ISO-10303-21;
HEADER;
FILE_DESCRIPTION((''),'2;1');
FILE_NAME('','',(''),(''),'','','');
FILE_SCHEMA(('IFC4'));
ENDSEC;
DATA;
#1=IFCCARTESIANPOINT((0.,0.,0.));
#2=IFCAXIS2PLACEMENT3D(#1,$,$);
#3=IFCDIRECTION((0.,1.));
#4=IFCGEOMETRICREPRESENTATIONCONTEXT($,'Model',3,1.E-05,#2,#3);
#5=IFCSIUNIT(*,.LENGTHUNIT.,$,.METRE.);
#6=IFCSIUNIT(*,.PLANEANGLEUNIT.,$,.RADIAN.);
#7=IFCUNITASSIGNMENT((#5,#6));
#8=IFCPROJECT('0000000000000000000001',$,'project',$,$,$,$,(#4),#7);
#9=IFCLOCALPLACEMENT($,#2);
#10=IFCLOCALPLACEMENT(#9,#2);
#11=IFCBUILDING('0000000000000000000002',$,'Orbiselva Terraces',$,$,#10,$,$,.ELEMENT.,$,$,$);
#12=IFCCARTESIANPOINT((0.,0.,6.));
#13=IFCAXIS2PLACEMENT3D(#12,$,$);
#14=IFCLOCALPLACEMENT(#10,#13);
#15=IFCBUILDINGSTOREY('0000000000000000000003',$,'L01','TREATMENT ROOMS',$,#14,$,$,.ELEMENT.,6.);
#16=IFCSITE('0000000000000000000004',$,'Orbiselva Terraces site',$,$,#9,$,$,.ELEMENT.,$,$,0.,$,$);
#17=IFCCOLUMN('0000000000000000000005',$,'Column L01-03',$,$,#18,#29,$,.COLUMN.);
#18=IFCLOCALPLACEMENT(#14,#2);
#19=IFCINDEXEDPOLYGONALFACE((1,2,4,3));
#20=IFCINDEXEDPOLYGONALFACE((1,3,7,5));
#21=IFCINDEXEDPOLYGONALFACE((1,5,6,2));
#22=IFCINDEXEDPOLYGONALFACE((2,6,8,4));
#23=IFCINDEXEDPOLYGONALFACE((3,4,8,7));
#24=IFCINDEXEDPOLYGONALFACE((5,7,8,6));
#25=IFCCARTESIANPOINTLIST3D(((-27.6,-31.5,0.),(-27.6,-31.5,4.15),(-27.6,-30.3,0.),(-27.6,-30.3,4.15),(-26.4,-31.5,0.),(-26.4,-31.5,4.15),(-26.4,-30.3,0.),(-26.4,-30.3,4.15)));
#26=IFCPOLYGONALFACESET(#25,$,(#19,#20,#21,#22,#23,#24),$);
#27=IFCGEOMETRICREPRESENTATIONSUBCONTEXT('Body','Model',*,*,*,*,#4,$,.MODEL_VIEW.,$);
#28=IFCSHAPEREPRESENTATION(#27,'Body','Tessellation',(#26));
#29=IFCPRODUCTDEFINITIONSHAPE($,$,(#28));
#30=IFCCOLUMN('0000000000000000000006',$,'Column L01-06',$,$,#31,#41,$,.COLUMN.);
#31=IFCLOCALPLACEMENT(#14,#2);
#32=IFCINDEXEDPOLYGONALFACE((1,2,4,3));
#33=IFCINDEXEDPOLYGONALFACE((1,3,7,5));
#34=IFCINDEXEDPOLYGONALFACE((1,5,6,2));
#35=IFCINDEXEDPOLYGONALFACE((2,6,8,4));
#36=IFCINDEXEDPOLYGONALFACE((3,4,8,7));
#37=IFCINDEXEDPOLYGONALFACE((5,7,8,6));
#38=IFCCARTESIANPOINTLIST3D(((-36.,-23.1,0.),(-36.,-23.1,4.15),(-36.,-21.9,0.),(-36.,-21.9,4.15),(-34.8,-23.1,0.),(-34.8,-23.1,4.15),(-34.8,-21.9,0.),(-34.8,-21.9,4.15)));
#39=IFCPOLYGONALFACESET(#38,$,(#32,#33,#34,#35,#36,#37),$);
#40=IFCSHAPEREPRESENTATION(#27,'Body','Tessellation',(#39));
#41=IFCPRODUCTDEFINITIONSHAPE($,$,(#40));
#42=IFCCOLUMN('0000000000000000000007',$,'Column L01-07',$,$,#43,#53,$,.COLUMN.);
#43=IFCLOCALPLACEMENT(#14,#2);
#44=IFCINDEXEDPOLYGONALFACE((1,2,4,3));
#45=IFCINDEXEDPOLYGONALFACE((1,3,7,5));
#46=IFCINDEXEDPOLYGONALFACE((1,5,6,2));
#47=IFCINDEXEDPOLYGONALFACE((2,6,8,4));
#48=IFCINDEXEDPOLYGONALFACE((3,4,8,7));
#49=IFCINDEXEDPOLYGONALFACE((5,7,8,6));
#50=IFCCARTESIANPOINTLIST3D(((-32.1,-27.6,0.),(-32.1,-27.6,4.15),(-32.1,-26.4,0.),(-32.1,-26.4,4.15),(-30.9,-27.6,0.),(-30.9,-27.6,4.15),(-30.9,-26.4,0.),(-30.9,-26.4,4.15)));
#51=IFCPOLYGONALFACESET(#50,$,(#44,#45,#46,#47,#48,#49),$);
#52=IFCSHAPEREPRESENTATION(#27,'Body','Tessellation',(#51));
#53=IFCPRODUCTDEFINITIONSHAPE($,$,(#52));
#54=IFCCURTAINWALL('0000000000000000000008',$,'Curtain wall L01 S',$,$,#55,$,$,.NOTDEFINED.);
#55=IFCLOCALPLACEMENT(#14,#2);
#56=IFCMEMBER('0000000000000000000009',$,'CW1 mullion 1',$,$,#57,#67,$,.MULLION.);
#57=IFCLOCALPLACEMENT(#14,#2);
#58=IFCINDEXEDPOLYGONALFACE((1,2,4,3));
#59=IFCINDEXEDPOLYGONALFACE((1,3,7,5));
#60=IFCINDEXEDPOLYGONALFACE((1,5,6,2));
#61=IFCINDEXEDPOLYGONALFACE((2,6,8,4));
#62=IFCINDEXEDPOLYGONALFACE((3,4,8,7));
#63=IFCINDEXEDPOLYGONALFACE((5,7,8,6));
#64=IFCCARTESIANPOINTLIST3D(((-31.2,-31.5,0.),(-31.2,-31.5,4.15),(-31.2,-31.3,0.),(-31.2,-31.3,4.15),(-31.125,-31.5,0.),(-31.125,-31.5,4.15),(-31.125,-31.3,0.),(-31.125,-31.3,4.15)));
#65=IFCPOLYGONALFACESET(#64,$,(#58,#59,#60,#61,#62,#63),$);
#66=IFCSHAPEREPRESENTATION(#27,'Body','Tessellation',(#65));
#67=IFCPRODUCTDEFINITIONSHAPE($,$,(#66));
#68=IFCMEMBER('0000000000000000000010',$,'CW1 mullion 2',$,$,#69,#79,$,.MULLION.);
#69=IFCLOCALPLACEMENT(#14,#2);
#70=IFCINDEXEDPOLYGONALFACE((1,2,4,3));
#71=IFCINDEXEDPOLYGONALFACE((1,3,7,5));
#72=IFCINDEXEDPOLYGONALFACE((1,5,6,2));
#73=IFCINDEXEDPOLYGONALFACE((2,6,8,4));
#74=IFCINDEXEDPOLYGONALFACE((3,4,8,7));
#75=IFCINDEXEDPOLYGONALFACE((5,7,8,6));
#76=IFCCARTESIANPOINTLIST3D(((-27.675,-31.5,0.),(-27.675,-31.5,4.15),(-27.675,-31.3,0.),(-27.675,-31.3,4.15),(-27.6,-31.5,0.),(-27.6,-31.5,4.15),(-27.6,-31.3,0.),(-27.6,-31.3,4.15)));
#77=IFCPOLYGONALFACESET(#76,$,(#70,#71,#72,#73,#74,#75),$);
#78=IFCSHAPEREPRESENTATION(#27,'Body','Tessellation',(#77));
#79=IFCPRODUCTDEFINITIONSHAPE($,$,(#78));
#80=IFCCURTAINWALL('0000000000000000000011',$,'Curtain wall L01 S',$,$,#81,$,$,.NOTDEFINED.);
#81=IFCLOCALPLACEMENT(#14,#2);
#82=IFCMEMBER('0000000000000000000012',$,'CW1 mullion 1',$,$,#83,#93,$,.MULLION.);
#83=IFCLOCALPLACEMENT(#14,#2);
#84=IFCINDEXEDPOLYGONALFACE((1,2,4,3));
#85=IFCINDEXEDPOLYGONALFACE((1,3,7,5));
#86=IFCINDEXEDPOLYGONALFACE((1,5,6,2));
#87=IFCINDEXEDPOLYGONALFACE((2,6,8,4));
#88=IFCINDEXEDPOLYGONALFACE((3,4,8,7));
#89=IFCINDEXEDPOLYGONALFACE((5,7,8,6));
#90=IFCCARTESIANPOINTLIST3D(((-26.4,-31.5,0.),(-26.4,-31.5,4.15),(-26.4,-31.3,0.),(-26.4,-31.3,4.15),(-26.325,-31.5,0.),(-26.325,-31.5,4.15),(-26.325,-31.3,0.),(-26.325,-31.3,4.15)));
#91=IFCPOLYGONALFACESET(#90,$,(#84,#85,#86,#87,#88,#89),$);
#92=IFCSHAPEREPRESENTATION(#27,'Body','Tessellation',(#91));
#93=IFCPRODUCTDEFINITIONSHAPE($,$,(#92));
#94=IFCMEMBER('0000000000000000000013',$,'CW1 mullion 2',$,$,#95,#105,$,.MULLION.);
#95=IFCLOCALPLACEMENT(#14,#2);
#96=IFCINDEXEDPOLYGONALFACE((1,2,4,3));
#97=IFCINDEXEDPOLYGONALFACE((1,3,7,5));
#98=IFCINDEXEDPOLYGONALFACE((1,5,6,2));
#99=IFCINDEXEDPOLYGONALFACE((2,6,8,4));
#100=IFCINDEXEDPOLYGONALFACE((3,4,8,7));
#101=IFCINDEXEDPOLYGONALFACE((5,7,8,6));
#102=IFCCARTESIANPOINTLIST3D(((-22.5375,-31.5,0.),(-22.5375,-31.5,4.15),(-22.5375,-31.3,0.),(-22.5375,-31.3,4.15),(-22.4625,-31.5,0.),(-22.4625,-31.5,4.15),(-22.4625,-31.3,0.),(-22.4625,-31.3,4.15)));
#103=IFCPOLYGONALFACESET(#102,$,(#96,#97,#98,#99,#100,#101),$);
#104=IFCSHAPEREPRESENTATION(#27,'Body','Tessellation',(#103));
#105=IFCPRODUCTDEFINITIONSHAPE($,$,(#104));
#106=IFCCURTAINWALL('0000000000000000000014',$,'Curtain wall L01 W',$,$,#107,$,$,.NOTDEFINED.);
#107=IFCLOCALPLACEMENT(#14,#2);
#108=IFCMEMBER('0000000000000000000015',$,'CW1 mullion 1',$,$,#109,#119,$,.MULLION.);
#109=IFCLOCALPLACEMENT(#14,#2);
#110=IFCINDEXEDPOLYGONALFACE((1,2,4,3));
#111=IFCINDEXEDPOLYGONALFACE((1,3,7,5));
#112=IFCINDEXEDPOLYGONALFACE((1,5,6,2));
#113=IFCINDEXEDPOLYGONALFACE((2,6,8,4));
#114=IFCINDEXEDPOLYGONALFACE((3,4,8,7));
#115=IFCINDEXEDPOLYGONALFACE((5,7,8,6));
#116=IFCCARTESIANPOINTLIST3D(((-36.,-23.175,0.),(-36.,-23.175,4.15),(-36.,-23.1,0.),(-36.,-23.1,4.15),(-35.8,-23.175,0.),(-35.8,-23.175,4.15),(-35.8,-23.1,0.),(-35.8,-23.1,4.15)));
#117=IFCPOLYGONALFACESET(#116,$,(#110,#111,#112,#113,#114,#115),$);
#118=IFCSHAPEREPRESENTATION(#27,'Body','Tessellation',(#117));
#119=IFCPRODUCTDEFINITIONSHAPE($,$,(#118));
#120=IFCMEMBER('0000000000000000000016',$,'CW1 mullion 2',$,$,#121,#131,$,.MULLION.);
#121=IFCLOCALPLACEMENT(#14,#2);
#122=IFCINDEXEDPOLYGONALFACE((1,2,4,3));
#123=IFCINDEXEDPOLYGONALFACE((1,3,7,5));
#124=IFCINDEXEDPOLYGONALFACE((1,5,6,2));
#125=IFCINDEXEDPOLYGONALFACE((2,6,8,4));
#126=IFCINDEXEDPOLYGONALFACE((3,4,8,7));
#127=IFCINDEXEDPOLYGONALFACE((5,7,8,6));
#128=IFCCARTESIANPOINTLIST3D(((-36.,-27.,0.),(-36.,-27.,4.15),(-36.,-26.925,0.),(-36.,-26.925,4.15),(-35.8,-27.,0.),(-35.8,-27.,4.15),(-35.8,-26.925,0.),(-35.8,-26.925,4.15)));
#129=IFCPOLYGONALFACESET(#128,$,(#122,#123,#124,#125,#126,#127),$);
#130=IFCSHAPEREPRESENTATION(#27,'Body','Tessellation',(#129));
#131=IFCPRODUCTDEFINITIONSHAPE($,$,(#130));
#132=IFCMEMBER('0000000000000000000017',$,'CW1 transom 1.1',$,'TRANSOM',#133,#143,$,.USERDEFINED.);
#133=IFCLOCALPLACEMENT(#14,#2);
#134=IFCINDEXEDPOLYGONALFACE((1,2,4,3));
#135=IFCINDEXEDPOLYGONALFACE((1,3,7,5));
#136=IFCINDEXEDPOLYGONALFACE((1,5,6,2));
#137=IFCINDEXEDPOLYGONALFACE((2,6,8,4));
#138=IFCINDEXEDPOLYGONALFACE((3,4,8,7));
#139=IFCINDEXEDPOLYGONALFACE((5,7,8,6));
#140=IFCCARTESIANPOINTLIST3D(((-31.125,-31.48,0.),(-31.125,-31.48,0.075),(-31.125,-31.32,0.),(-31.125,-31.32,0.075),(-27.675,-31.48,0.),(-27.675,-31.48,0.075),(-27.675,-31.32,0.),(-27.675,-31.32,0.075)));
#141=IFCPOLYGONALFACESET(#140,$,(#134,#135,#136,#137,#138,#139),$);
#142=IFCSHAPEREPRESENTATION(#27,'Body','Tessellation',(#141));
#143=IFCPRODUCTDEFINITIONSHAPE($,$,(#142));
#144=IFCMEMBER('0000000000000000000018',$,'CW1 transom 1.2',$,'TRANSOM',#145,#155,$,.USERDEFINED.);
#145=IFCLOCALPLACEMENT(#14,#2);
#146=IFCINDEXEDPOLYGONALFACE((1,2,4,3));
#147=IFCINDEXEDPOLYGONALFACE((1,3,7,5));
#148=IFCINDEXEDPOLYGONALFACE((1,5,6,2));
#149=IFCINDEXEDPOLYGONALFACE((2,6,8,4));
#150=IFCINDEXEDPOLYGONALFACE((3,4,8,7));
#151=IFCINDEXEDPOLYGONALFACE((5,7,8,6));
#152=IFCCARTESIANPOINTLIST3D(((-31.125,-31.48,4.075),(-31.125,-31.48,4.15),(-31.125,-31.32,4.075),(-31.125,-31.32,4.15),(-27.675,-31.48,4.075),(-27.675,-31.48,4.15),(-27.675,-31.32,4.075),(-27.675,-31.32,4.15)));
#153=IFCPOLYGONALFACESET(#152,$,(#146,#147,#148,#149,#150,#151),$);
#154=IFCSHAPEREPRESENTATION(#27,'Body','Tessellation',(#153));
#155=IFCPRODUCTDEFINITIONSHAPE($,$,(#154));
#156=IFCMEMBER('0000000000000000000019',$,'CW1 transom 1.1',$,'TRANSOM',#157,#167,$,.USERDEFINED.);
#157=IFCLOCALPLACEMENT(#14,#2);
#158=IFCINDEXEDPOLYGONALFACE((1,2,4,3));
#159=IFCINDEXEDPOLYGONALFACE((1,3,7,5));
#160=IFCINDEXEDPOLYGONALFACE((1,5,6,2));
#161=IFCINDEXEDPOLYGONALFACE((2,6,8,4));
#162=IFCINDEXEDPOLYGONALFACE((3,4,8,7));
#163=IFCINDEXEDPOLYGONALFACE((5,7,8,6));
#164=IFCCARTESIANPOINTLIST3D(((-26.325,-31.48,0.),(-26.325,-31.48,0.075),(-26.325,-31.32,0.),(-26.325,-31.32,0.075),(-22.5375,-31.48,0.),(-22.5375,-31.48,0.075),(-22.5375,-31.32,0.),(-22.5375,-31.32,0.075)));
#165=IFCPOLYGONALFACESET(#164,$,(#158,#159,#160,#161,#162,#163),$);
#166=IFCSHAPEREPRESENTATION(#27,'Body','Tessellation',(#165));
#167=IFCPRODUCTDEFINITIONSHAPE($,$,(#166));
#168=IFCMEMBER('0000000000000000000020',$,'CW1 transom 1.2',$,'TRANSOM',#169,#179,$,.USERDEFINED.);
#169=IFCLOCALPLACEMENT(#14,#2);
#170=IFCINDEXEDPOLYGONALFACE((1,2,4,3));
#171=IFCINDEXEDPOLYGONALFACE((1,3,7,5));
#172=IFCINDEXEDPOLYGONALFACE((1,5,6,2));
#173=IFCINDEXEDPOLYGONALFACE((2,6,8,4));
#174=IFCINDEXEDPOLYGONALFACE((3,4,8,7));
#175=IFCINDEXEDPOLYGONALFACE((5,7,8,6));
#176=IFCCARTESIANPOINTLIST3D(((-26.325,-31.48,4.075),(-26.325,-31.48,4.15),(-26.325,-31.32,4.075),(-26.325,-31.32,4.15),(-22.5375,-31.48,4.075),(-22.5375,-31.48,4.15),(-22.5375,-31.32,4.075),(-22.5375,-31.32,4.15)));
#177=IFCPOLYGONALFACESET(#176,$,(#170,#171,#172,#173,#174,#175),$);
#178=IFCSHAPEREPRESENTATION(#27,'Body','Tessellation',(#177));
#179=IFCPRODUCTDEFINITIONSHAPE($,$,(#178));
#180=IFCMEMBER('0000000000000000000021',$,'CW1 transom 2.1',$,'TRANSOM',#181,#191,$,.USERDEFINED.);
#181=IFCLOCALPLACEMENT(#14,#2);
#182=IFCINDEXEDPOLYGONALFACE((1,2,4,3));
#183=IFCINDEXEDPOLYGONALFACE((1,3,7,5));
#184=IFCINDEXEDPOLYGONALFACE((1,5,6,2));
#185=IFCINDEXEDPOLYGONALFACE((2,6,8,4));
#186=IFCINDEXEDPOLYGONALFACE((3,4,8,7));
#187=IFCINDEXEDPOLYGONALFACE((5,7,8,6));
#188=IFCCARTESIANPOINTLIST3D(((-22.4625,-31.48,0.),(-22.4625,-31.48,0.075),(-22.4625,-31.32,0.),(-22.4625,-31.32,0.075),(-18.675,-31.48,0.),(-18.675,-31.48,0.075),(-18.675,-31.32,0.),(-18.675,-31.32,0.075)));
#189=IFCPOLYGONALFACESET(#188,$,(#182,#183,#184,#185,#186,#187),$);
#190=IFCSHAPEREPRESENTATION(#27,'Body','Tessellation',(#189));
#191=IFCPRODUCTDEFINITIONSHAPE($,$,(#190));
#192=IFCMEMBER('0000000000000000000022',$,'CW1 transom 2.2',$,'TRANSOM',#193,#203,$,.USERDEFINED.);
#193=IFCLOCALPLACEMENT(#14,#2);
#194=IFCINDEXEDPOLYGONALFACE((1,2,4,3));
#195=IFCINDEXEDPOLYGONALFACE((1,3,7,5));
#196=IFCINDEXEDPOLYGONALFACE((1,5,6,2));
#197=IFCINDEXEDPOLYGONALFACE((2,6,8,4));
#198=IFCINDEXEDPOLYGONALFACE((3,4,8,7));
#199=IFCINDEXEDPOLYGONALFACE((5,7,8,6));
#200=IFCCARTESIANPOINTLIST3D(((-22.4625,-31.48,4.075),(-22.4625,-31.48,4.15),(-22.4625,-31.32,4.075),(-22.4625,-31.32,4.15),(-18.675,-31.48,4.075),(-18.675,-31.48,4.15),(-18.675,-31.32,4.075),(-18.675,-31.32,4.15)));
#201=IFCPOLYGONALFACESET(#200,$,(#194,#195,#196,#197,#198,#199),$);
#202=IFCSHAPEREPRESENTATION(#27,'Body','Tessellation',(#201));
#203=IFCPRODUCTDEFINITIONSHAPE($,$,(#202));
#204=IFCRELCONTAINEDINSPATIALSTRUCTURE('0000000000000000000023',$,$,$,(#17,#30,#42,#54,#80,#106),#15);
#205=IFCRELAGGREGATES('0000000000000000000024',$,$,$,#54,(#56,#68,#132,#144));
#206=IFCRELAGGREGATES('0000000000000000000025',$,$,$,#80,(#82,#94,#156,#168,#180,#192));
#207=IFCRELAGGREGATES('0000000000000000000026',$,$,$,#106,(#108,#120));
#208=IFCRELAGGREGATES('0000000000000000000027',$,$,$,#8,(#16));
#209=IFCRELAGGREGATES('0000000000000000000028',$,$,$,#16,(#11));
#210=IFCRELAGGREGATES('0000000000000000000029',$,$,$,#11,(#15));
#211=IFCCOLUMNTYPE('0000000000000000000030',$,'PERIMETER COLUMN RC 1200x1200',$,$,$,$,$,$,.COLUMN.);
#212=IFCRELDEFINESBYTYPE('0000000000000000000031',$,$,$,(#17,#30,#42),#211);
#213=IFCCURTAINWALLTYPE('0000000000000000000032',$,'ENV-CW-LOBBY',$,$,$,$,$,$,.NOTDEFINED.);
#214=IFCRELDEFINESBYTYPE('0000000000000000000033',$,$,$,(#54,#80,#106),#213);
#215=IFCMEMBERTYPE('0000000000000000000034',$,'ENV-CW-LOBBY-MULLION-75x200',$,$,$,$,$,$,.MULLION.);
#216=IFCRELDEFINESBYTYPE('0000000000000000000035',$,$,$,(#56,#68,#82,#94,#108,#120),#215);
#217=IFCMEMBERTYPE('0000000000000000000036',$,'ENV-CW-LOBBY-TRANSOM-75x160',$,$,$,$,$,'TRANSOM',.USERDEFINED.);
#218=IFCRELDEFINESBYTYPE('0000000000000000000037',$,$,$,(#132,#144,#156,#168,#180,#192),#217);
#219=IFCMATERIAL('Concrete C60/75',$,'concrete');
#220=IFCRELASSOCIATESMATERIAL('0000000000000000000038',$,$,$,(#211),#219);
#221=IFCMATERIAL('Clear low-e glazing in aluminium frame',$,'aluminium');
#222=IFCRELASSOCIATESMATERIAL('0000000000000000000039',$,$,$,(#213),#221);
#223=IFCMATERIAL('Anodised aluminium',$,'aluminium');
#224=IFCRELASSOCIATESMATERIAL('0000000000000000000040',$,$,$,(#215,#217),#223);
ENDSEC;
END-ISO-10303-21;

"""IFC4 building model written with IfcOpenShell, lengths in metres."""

from ifc_helpers import new_model, si_unit, direction, frame, origin, origin_2d, place, context, subcontext, project, spatial, rectangle, extrude, material, material_profile, profile_set, type_object, element, aggregate, save


model = new_model("IFC4")

# Units and contexts
model_context = context("Model", 3, precision=1e-05, world=origin(), true_north=direction((0.0, 1.0)))
body_context = subcontext(model_context, "Body", "Model", "MODEL_VIEW")
ifc_project = project(units=[si_unit("LENGTHUNIT", "METRE"), si_unit("PLANEANGLEUNIT", "RADIAN")], contexts=[model_context])

# Site, building, storey
site_placement = place(None, origin())
site = spatial("IfcSite", under=ifc_project, at=site_placement, Name="Orbiselva Terraces site", CompositionType="ELEMENT", RefElevation=0.0)
building_placement = place(site_placement, origin())
building = spatial("IfcBuilding", under=site, at=building_placement, Name="Orbiselva Terraces", CompositionType="ELEMENT")
storey_placement = place(building_placement, frame((0.0, 0.0, 6.0)))
storey = spatial("IfcBuildingStorey", under=building, at=storey_placement, Name="L01", Description="TREATMENT ROOMS", CompositionType="ELEMENT", Elevation=6.0)

# Columns
ifc_material_1 = material(Name="Concrete C60/75", Category="concrete")
ifc_material_profile_1 = material_profile(ifc_material_1, rectangle(XDim=1.2, YDim=1.2, at=origin_2d()), Name="RC 1200x1200")
ifc_profile_set_1 = profile_set([ifc_material_profile_1], Name="Concrete C60/75")
column_type = type_object("IfcColumnType", Name="PERIMETER COLUMN RC 1200x1200", PredefinedType="COLUMN", material=ifc_profile_set_1)
for number, where, z_axis, x_axis, name in (
    (1, (-27.0, -30.9, 0.0), (0.0, 0.0, 1.0), (1.0, 0.0, 0.0), "Column L01-03"),
    (2, (-35.4, -22.5, 0.0), (0.0, 0.0, 1.0), (1.0, 0.0, 0.0), "Column L01-06"),
    (3, (-31.5, -27.0, 0.0), (0.0, 0.0, 1.0), (1.0, 0.0, 0.0), "Column L01-07"),
):
    element("IfcColumn", number, at=place(storey_placement, frame(where, z_axis=z_axis, x_axis=x_axis)), inside=storey, type_object=column_type, Name=name, PredefinedType="COLUMN", context=body_context, shape_type="SweptSolid", body=[
        extrude(rectangle(XDim=1.2, YDim=1.2, at=origin_2d()), origin(), (0.0, 0.0, 1.0), 4.15),
    ])

# Curtain walls, members
ifc_material_2 = material(Name="Clear low-e glazing in aluminium frame", Category="aluminium")
curtain_wall_type = type_object("IfcCurtainWallType", Name="ENV-CW-LOBBY", PredefinedType="NOTDEFINED", material=ifc_material_2)
curtain_wall_1_placement = place(storey_placement, origin())
curtain_wall_1 = element("IfcCurtainWall", 4, at=curtain_wall_1_placement, inside=storey, type_object=curtain_wall_type, Name="Curtain wall L01 S", PredefinedType="NOTDEFINED")
ifc_material_3 = material(Name="Anodised aluminium", Category="aluminium")
ifc_material_profile_2 = material_profile(ifc_material_3, rectangle(XDim=0.2, YDim=0.075, at=origin_2d()), Name="AL 75x200")
ifc_profile_set_2 = profile_set([ifc_material_profile_2], Name="Anodised aluminium")
member_type_1 = type_object("IfcMemberType", Name="ENV-CW-LOBBY-MULLION-75x200", PredefinedType="MULLION", material=ifc_profile_set_2)
member_1_placement = place(storey_placement, frame((-31.1625, -31.4, 0.0), z_axis=(0.0, 0.0, 1.0), x_axis=(0.0, 1.0, 0.0)))
member_1 = element("IfcMember", 5, at=member_1_placement, type_object=member_type_1, Name="CW1 mullion 1", PredefinedType="MULLION", context=body_context, shape_type="SweptSolid", body=[
    extrude(rectangle(XDim=0.2, YDim=0.075, at=origin_2d()), origin(), (0.0, 0.0, 1.0), 4.15),
])
member_2_placement = place(storey_placement, frame((-27.6375, -31.4, 0.0), z_axis=(0.0, 0.0, 1.0), x_axis=(0.0, 1.0, 0.0)))
member_2 = element("IfcMember", 6, at=member_2_placement, type_object=member_type_1, Name="CW1 mullion 2", PredefinedType="MULLION", context=body_context, shape_type="SweptSolid", body=[
    extrude(rectangle(XDim=0.2, YDim=0.075, at=origin_2d()), origin(), (0.0, 0.0, 1.0), 4.15),
])
curtain_wall_2_placement = place(storey_placement, origin())
curtain_wall_2 = element("IfcCurtainWall", 7, at=curtain_wall_2_placement, inside=storey, type_object=curtain_wall_type, Name="Curtain wall L01 S", PredefinedType="NOTDEFINED")
member_3_placement = place(storey_placement, frame((-26.3625, -31.4, 0.0), z_axis=(0.0, 0.0, 1.0), x_axis=(0.0, 1.0, 0.0)))
member_3 = element("IfcMember", 8, at=member_3_placement, type_object=member_type_1, Name="CW1 mullion 1", PredefinedType="MULLION", context=body_context, shape_type="SweptSolid", body=[
    extrude(rectangle(XDim=0.2, YDim=0.075, at=origin_2d()), origin(), (0.0, 0.0, 1.0), 4.15),
])
member_4_placement = place(storey_placement, frame((-22.5, -31.4, 0.0), z_axis=(0.0, 0.0, 1.0), x_axis=(0.0, 1.0, 0.0)))
member_4 = element("IfcMember", 9, at=member_4_placement, type_object=member_type_1, Name="CW1 mullion 2", PredefinedType="MULLION", context=body_context, shape_type="SweptSolid", body=[
    extrude(rectangle(XDim=0.2, YDim=0.075, at=origin_2d()), origin(), (0.0, 0.0, 1.0), 4.15),
])
curtain_wall_3_placement = place(storey_placement, origin())
curtain_wall_3 = element("IfcCurtainWall", 10, at=curtain_wall_3_placement, inside=storey, type_object=curtain_wall_type, Name="Curtain wall L01 W", PredefinedType="NOTDEFINED")
member_5_placement = place(storey_placement, frame((-35.9, -23.1375, 0.0), z_axis=(0.0, 0.0, 1.0), x_axis=(1.0, 0.0, 0.0)))
member_5 = element("IfcMember", 11, at=member_5_placement, type_object=member_type_1, Name="CW1 mullion 1", PredefinedType="MULLION", context=body_context, shape_type="SweptSolid", body=[
    extrude(rectangle(XDim=0.2, YDim=0.075, at=origin_2d()), origin(), (0.0, 0.0, 1.0), 4.15),
])
member_6_placement = place(storey_placement, frame((-35.9, -26.9625, 0.0), z_axis=(0.0, 0.0, 1.0), x_axis=(1.0, 0.0, 0.0)))
member_6 = element("IfcMember", 12, at=member_6_placement, type_object=member_type_1, Name="CW1 mullion 2", PredefinedType="MULLION", context=body_context, shape_type="SweptSolid", body=[
    extrude(rectangle(XDim=0.2, YDim=0.075, at=origin_2d()), origin(), (0.0, 0.0, 1.0), 4.15),
])

# Members
ifc_material_profile_3 = material_profile(ifc_material_3, rectangle(XDim=0.16, YDim=0.075, at=origin_2d()), Name="AL 75x160")
ifc_profile_set_3 = profile_set([ifc_material_profile_3], Name="Anodised aluminium")
member_type_2 = type_object("IfcMemberType", Name="ENV-CW-LOBBY-TRANSOM-75x160", ElementType="TRANSOM", PredefinedType="USERDEFINED", material=ifc_profile_set_3)
member_7_placement = place(storey_placement, frame((-31.125, -31.4, 0.0375), z_axis=(1.0, 0.0, 0.0), x_axis=(0.0, 1.0, 0.0)))
member_7 = element("IfcMember", 13, at=member_7_placement, type_object=member_type_2, Name="CW1 transom 1.1", ObjectType="TRANSOM", PredefinedType="USERDEFINED", context=body_context, shape_type="SweptSolid", body=[
    extrude(rectangle(XDim=0.16, YDim=0.075, at=origin_2d()), origin(), (0.0, 0.0, 1.0), 3.45),
])
member_8_placement = place(storey_placement, frame((-31.125, -31.4, 4.1125), z_axis=(1.0, 0.0, 0.0), x_axis=(0.0, 1.0, 0.0)))
member_8 = element("IfcMember", 14, at=member_8_placement, type_object=member_type_2, Name="CW1 transom 1.2", ObjectType="TRANSOM", PredefinedType="USERDEFINED", context=body_context, shape_type="SweptSolid", body=[
    extrude(rectangle(XDim=0.16, YDim=0.075, at=origin_2d()), origin(), (0.0, 0.0, 1.0), 3.45),
])
member_9_placement = place(storey_placement, frame((-26.325, -31.4, 0.0375), z_axis=(1.0, 0.0, 0.0), x_axis=(0.0, 1.0, 0.0)))
member_9 = element("IfcMember", 15, at=member_9_placement, type_object=member_type_2, Name="CW1 transom 1.1", ObjectType="TRANSOM", PredefinedType="USERDEFINED", context=body_context, shape_type="SweptSolid", body=[
    extrude(rectangle(XDim=0.16, YDim=0.075, at=origin_2d()), origin(), (0.0, 0.0, 1.0), 3.7875),
])
member_10_placement = place(storey_placement, frame((-26.325, -31.4, 4.1125), z_axis=(1.0, 0.0, 0.0), x_axis=(0.0, 1.0, 0.0)))
member_10 = element("IfcMember", 16, at=member_10_placement, type_object=member_type_2, Name="CW1 transom 1.2", ObjectType="TRANSOM", PredefinedType="USERDEFINED", context=body_context, shape_type="SweptSolid", body=[
    extrude(rectangle(XDim=0.16, YDim=0.075, at=origin_2d()), origin(), (0.0, 0.0, 1.0), 3.7875),
])
member_11_placement = place(storey_placement, frame((-22.4625, -31.4, 0.0375), z_axis=(1.0, 0.0, 0.0), x_axis=(0.0, 1.0, 0.0)))
member_11 = element("IfcMember", 17, at=member_11_placement, type_object=member_type_2, Name="CW1 transom 2.1", ObjectType="TRANSOM", PredefinedType="USERDEFINED", context=body_context, shape_type="SweptSolid", body=[
    extrude(rectangle(XDim=0.16, YDim=0.075, at=origin_2d()), origin(), (0.0, 0.0, 1.0), 3.7875),
])
member_12_placement = place(storey_placement, frame((-22.4625, -31.4, 4.1125), z_axis=(1.0, 0.0, 0.0), x_axis=(0.0, 1.0, 0.0)))
member_12 = element("IfcMember", 18, at=member_12_placement, type_object=member_type_2, Name="CW1 transom 2.2", ObjectType="TRANSOM", PredefinedType="USERDEFINED", context=body_context, shape_type="SweptSolid", body=[
    extrude(rectangle(XDim=0.16, YDim=0.075, at=origin_2d()), origin(), (0.0, 0.0, 1.0), 3.7875),
])

aggregate(curtain_wall_1, [member_1, member_2, member_7, member_8])
aggregate(curtain_wall_2, [member_3, member_4, member_9, member_10, member_11, member_12])
aggregate(curtain_wall_3, [member_5, member_6])

save(model, "model.ifc")
